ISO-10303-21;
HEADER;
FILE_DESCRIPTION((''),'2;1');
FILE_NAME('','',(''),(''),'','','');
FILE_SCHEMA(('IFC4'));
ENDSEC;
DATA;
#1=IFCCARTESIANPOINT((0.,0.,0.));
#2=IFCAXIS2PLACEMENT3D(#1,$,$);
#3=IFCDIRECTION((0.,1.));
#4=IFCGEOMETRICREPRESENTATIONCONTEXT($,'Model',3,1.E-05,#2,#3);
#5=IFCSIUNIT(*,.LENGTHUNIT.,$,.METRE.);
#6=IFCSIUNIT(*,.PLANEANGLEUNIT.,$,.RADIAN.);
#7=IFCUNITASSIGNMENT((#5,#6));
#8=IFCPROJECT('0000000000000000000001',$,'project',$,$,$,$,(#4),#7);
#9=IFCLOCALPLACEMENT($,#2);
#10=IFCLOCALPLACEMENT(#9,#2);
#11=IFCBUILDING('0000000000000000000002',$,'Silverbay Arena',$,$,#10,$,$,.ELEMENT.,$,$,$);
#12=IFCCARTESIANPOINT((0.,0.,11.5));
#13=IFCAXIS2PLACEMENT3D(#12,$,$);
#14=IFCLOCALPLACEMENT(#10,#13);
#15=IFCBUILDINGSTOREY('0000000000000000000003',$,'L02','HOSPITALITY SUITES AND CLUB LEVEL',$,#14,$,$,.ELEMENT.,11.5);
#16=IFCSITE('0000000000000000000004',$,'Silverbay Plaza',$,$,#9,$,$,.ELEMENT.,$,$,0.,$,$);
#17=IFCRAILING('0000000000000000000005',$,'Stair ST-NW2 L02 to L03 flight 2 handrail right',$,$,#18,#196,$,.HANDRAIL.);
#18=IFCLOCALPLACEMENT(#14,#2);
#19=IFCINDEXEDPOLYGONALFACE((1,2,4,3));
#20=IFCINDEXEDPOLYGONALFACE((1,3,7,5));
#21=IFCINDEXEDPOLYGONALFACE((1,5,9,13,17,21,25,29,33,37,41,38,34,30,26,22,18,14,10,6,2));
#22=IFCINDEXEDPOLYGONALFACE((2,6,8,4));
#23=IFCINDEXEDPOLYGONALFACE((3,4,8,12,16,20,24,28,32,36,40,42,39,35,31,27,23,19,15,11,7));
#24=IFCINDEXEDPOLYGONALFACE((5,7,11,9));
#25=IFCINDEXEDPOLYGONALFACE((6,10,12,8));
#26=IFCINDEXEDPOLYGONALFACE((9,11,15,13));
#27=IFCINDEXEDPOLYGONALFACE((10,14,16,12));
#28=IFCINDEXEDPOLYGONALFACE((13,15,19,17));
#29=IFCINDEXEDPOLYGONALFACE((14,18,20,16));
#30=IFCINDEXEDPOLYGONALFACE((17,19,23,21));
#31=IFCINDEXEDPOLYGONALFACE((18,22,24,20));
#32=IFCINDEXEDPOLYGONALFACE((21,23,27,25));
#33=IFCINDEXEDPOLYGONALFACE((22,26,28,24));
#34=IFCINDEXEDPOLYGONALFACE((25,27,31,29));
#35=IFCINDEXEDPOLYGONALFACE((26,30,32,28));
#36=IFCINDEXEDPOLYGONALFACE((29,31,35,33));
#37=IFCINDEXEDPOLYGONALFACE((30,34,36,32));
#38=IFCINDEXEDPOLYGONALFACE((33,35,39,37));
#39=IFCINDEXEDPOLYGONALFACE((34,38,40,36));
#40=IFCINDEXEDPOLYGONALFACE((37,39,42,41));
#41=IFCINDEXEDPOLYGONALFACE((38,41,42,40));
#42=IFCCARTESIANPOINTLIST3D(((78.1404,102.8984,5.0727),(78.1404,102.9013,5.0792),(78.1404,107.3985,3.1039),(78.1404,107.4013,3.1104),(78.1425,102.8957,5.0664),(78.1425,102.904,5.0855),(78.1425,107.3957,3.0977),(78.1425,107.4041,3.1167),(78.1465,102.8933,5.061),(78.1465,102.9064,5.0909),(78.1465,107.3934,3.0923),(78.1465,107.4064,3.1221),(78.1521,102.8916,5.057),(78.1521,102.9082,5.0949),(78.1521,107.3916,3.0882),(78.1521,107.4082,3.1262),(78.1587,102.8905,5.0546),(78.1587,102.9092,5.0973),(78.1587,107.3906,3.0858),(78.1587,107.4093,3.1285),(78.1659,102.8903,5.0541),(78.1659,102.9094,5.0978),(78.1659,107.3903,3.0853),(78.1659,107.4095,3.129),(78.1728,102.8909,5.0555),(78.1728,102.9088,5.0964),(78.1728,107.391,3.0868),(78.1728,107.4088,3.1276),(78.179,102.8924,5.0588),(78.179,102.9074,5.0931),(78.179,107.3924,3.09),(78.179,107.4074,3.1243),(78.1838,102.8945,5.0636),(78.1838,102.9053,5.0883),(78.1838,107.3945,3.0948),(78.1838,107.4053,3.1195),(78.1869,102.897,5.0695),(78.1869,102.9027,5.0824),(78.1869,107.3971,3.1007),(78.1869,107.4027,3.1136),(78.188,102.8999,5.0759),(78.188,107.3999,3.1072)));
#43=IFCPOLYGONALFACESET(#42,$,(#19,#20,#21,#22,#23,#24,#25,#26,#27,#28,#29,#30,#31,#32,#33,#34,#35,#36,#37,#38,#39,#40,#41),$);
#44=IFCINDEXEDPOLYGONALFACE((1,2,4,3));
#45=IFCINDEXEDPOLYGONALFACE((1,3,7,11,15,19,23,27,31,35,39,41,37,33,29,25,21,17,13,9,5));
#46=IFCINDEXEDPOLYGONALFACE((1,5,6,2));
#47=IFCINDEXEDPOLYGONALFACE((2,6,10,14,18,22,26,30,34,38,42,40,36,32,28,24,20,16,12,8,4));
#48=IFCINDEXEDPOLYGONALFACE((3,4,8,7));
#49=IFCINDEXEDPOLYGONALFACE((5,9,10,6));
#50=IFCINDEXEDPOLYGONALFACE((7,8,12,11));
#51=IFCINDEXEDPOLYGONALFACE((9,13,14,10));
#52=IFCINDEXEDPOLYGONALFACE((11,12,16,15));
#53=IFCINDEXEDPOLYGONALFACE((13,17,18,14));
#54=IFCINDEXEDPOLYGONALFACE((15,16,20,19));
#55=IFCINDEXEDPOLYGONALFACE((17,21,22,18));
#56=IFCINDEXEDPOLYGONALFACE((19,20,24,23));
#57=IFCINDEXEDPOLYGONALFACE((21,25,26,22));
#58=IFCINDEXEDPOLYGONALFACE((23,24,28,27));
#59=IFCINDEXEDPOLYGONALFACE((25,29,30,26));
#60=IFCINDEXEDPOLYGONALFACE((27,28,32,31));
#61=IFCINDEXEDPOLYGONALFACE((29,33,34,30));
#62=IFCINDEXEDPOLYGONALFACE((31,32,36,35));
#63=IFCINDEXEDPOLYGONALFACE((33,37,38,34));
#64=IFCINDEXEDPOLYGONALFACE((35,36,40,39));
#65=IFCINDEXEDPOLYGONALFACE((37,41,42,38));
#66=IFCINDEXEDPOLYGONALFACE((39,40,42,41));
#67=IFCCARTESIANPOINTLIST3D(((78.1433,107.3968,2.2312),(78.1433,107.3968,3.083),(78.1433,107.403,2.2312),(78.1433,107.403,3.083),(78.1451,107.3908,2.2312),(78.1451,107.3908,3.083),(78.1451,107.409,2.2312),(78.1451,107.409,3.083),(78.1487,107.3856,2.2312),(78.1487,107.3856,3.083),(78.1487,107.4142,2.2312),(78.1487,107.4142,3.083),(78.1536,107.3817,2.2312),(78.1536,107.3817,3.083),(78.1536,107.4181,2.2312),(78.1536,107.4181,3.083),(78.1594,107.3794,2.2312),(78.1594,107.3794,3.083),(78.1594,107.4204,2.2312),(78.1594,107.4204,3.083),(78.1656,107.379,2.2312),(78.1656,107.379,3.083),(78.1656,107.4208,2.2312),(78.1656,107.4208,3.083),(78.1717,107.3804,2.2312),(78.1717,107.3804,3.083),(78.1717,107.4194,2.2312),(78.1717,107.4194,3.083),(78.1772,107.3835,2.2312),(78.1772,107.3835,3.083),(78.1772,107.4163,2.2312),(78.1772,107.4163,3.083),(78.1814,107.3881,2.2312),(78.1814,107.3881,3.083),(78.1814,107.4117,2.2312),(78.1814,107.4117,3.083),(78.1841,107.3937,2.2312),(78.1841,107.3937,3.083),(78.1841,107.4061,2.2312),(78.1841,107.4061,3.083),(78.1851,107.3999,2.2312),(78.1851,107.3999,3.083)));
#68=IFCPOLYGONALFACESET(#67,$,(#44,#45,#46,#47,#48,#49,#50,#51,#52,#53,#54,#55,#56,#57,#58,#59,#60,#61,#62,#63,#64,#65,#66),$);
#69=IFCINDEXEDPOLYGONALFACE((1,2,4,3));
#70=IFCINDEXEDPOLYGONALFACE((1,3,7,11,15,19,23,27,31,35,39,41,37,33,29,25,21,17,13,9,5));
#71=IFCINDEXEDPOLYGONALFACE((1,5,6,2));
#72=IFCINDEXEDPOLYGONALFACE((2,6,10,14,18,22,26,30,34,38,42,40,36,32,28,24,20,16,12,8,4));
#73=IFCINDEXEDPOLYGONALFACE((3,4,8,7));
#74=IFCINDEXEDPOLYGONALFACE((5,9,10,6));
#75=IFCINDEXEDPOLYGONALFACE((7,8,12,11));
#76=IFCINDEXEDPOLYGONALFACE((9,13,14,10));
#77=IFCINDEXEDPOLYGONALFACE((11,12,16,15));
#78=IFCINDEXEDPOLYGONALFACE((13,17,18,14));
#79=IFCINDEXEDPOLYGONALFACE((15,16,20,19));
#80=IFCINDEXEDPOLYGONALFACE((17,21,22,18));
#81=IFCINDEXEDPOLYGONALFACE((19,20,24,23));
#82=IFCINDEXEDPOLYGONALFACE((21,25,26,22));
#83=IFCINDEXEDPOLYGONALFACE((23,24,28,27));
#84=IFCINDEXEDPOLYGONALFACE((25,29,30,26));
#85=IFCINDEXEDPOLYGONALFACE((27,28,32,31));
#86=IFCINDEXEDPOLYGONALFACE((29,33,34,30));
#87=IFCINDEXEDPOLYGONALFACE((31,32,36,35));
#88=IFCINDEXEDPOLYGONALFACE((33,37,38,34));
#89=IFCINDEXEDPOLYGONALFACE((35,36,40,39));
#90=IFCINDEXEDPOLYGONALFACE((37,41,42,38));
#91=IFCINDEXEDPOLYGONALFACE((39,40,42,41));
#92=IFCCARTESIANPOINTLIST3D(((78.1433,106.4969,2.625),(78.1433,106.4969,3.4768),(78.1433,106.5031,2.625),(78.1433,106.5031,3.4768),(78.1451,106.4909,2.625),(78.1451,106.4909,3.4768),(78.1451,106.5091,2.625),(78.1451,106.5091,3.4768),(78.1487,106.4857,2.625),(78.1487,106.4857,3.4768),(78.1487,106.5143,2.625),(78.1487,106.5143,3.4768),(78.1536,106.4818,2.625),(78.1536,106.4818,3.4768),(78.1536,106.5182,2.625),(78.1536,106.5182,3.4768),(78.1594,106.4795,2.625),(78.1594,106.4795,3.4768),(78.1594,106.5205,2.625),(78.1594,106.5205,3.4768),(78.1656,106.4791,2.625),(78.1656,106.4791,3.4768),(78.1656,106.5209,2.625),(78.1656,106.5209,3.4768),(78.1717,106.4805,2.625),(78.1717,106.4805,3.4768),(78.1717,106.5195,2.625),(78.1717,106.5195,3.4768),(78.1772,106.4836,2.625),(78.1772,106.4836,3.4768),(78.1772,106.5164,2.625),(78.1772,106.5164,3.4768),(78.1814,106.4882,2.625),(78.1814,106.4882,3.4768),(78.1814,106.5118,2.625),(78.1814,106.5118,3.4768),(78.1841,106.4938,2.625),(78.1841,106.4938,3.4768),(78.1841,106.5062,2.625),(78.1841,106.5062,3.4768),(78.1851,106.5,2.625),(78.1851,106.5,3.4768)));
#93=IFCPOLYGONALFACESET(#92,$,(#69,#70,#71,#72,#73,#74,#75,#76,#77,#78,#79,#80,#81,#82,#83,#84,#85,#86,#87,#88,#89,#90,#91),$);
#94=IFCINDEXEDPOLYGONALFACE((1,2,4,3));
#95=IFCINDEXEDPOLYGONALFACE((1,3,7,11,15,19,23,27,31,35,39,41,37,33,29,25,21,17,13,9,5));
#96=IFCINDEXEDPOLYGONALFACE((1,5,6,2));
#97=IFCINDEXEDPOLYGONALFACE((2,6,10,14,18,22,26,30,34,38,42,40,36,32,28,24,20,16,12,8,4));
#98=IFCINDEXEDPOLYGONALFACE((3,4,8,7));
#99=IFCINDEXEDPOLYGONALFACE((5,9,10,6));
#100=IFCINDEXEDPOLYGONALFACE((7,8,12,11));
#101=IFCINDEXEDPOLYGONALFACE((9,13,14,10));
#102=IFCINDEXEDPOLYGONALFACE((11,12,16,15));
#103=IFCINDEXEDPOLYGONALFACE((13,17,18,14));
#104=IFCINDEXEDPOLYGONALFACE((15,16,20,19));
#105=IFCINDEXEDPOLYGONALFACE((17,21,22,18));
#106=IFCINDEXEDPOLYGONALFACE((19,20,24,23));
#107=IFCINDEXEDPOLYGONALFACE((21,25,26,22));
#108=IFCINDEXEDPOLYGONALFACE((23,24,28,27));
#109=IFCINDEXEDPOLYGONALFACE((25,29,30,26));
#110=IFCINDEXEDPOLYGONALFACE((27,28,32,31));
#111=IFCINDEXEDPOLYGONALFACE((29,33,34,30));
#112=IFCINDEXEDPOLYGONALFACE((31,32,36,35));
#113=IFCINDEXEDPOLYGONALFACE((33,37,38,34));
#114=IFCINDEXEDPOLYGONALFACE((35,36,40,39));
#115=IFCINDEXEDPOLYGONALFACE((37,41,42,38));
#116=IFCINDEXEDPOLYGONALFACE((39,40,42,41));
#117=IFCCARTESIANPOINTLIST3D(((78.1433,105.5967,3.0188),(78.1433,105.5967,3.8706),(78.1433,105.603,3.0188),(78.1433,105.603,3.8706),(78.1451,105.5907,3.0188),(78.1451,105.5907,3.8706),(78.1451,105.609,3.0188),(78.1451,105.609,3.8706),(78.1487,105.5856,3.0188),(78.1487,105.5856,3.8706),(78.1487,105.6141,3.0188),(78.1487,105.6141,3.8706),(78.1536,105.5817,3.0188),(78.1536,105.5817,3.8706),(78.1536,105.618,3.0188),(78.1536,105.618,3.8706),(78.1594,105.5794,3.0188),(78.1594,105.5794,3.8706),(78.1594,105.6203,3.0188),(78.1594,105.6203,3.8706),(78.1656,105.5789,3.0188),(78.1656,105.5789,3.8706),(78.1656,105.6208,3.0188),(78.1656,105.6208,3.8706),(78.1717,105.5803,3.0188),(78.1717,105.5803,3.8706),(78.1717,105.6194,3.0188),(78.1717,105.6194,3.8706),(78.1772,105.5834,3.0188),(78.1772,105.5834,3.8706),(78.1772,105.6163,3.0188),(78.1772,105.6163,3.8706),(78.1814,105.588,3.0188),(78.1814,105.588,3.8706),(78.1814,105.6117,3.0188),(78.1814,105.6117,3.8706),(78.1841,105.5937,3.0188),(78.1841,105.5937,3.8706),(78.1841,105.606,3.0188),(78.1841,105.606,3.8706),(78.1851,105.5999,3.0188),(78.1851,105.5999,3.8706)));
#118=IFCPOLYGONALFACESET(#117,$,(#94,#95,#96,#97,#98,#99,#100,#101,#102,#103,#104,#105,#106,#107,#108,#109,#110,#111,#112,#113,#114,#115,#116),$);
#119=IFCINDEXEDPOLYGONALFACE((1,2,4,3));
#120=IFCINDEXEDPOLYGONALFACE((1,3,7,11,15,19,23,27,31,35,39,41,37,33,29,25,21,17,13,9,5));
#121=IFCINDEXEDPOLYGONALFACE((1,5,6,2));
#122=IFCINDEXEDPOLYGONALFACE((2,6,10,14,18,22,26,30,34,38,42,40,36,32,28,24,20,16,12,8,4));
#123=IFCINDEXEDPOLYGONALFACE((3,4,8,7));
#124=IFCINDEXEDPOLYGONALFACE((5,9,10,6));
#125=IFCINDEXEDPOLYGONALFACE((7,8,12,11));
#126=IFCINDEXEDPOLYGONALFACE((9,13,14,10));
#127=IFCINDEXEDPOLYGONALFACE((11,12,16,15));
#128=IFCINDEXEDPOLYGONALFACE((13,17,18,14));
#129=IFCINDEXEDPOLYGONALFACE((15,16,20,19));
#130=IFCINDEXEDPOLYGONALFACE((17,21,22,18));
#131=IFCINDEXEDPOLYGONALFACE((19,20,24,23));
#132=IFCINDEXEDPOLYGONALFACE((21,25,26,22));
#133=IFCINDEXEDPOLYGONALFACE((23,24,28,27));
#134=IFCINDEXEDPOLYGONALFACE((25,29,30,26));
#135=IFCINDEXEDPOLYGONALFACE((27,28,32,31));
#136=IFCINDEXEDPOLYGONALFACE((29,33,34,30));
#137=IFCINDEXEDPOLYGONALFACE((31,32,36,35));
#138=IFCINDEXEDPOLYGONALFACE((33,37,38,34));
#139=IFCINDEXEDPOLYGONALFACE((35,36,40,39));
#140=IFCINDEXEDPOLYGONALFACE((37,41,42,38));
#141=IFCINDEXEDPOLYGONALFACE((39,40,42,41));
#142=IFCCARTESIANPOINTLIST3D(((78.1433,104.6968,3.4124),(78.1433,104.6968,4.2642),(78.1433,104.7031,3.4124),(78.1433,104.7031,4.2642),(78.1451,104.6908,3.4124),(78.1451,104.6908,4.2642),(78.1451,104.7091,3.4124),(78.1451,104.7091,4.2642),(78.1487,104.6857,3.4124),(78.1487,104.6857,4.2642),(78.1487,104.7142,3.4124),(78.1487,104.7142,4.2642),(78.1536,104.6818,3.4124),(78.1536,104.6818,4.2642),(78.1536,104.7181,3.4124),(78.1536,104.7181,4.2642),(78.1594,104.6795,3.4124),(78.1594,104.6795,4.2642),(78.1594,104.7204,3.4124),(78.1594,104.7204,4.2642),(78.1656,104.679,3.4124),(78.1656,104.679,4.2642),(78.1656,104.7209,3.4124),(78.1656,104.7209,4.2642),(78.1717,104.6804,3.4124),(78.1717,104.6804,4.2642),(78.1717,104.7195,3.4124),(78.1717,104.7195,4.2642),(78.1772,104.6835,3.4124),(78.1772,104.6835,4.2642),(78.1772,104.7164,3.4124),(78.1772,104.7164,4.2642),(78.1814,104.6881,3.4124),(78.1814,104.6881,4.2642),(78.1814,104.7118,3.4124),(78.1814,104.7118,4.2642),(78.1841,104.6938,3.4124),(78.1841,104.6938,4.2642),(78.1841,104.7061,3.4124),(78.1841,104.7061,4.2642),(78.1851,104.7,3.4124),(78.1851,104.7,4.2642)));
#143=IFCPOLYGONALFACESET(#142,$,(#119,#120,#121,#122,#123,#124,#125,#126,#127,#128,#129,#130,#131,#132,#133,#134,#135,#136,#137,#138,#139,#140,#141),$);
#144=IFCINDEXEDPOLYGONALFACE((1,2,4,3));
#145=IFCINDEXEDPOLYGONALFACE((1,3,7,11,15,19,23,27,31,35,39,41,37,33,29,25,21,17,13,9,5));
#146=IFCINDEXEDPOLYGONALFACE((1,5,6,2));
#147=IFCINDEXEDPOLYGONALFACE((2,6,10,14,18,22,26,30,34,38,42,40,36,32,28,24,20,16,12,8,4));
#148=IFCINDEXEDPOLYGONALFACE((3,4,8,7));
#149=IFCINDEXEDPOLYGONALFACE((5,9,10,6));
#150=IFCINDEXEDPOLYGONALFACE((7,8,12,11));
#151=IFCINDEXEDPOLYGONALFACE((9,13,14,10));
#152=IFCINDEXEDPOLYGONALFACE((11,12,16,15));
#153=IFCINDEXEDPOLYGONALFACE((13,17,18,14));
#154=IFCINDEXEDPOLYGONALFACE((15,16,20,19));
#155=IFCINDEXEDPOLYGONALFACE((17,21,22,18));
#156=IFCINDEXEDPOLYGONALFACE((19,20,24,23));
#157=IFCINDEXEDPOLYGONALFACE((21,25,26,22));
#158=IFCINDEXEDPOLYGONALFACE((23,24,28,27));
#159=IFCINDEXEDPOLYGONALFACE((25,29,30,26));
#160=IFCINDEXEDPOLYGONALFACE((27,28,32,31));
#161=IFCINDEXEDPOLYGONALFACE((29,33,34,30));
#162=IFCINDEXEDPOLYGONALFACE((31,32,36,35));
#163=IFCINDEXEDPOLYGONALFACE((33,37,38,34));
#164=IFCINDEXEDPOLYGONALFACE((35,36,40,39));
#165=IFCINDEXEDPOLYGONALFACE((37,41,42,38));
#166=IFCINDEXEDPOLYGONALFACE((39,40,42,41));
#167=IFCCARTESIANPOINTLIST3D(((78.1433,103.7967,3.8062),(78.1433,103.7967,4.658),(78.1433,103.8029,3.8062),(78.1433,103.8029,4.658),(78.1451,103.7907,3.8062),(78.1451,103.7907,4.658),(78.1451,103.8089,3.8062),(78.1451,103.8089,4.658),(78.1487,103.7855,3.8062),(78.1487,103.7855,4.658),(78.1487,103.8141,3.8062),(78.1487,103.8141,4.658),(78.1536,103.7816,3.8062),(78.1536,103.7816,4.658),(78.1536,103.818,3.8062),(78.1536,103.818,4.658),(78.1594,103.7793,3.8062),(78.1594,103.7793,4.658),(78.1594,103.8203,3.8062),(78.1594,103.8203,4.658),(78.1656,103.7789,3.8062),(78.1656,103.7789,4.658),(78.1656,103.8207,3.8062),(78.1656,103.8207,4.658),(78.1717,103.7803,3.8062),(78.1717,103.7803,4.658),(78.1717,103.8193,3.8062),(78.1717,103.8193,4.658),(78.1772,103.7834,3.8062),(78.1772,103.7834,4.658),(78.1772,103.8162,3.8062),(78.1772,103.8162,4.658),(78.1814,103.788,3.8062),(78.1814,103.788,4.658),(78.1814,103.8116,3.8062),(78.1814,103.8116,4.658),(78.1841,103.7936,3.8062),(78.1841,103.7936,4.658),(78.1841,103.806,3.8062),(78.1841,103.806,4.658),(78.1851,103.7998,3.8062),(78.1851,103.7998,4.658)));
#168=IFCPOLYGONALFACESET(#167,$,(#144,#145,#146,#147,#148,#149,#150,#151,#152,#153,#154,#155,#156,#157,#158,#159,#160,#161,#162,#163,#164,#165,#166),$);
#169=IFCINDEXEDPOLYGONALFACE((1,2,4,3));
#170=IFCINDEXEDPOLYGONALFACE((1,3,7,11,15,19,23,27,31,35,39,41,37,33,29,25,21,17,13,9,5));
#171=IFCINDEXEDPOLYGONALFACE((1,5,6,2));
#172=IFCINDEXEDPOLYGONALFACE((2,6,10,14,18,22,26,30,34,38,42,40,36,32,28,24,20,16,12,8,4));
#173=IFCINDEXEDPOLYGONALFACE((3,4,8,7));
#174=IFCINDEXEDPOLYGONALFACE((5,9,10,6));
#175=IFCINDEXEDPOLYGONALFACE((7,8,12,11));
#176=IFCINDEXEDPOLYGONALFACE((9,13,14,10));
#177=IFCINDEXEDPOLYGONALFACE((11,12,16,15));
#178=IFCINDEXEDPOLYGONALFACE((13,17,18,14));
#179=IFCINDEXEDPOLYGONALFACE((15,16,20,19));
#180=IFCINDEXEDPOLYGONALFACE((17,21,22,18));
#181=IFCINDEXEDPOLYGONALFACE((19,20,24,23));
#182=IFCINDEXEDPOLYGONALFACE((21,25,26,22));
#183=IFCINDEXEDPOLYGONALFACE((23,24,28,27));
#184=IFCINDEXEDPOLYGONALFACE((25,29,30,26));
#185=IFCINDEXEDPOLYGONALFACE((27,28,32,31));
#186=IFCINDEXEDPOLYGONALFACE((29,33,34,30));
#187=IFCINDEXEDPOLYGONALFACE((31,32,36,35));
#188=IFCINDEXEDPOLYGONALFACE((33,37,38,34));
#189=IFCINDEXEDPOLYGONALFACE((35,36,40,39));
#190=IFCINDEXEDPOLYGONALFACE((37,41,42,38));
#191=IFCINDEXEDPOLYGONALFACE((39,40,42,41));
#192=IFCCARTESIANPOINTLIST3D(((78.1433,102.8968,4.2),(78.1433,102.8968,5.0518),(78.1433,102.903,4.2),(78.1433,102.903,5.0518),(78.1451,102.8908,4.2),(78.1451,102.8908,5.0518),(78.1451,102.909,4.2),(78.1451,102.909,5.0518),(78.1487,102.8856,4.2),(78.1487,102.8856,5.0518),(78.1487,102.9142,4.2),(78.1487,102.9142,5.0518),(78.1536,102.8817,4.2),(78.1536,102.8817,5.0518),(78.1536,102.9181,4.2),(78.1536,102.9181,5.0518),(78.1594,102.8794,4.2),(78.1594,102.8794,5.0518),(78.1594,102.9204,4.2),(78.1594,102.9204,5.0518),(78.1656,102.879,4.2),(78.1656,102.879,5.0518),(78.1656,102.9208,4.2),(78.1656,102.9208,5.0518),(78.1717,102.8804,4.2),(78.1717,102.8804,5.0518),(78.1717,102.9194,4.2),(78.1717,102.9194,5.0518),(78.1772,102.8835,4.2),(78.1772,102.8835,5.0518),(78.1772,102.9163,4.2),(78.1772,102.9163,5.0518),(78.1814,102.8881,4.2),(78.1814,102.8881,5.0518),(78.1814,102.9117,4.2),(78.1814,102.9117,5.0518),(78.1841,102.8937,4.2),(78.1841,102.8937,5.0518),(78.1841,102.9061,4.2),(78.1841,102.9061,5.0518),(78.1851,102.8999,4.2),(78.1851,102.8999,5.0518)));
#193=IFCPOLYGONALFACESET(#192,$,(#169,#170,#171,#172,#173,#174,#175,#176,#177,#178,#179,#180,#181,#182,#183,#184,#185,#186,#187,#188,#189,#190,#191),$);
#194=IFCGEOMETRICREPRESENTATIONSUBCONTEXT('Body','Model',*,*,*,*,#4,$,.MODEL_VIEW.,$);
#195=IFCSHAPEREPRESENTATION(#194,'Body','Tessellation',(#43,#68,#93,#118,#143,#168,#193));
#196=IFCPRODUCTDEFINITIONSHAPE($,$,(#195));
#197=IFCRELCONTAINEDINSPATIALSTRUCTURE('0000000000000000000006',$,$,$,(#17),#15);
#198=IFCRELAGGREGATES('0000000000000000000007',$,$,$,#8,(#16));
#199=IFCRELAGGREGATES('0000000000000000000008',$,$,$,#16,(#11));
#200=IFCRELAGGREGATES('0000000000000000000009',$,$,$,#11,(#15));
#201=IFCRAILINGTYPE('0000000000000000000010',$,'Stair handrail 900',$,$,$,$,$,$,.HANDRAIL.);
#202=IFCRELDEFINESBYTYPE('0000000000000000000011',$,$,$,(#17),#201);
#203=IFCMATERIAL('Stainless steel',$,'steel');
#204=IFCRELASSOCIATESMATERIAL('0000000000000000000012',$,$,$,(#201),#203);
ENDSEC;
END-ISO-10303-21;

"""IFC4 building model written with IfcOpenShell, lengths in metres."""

from ifc_helpers import new_model, si_unit, direction, frame, origin, origin_2d, place, context, subcontext, project, spatial, circle, extrude, material, type_object, element, save


model = new_model("IFC4")

# Units and contexts
model_context = context("Model", 3, precision=1e-05, world=origin(), true_north=direction((0.0, 1.0)))
body_context = subcontext(model_context, "Body", "Model", "MODEL_VIEW")
ifc_project = project(units=[si_unit("LENGTHUNIT", "METRE"), si_unit("PLANEANGLEUNIT", "RADIAN")], contexts=[model_context])

# Site, building, storey
site_placement = place(None, origin())
site = spatial("IfcSite", under=ifc_project, at=site_placement, Name="Silverbay Plaza", CompositionType="ELEMENT", RefElevation=0.0)
building_placement = place(site_placement, origin())
building = spatial("IfcBuilding", under=site, at=building_placement, Name="Silverbay Arena", CompositionType="ELEMENT")
storey_placement = place(building_placement, frame((0.0, 0.0, 11.5)))
storey = spatial("IfcBuildingStorey", under=building, at=storey_placement, Name="L02", Description="HOSPITALITY SUITES AND CLUB LEVEL", CompositionType="ELEMENT", Elevation=11.5)

# Railing
ifc_material_1 = material(Name="Stainless steel", Category="steel")
railing_type_1 = type_object("IfcRailingType", Name="Stair handrail 900", PredefinedType="HANDRAIL", material=ifc_material_1)
railing_1_placement = place(storey_placement, frame((78.1641, 107.3999, 2.2312)))
element("IfcRailing", 1, at=railing_1_placement, inside=storey, type_object=railing_type_1, Name="Stair ST-NW2 L02 to L03 flight 2 handrail right", PredefinedType="HANDRAIL", context=body_context, shape_type="SweptSolid", body=[
    extrude(circle(Radius=0.0239, at=origin_2d()), frame((0.0, 0.0, 0.876), z_axis=(0.0, -0.916157, 0.400819), x_axis=(1.0, 0.0, 0.0)), (0.0, 0.0, 1.0), 4.9119),
    extrude(circle(Radius=0.021, at=origin_2d()), origin(), (0.0, 0.0, 1.0), 0.8518),
    extrude(circle(Radius=0.021, at=origin_2d()), frame((0.0, -0.8999, 0.3938)), (0.0, 0.0, 1.0), 0.8518),
    extrude(circle(Radius=0.021, at=origin_2d()), frame((0.0, -1.8, 0.7876)), (0.0, 0.0, 1.0), 0.8518),
    extrude(circle(Radius=0.021, at=origin_2d()), frame((0.0, -2.7, 1.1812)), (0.0, 0.0, 1.0), 0.8518),
    extrude(circle(Radius=0.021, at=origin_2d()), frame((0.0, -3.6001, 1.575)), (0.0, 0.0, 1.0), 0.8518),
    extrude(circle(Radius=0.021, at=origin_2d()), frame((0.0, -4.5, 1.9688)), (0.0, 0.0, 1.0), 0.8518),
])

save(model, "model.ifc")
